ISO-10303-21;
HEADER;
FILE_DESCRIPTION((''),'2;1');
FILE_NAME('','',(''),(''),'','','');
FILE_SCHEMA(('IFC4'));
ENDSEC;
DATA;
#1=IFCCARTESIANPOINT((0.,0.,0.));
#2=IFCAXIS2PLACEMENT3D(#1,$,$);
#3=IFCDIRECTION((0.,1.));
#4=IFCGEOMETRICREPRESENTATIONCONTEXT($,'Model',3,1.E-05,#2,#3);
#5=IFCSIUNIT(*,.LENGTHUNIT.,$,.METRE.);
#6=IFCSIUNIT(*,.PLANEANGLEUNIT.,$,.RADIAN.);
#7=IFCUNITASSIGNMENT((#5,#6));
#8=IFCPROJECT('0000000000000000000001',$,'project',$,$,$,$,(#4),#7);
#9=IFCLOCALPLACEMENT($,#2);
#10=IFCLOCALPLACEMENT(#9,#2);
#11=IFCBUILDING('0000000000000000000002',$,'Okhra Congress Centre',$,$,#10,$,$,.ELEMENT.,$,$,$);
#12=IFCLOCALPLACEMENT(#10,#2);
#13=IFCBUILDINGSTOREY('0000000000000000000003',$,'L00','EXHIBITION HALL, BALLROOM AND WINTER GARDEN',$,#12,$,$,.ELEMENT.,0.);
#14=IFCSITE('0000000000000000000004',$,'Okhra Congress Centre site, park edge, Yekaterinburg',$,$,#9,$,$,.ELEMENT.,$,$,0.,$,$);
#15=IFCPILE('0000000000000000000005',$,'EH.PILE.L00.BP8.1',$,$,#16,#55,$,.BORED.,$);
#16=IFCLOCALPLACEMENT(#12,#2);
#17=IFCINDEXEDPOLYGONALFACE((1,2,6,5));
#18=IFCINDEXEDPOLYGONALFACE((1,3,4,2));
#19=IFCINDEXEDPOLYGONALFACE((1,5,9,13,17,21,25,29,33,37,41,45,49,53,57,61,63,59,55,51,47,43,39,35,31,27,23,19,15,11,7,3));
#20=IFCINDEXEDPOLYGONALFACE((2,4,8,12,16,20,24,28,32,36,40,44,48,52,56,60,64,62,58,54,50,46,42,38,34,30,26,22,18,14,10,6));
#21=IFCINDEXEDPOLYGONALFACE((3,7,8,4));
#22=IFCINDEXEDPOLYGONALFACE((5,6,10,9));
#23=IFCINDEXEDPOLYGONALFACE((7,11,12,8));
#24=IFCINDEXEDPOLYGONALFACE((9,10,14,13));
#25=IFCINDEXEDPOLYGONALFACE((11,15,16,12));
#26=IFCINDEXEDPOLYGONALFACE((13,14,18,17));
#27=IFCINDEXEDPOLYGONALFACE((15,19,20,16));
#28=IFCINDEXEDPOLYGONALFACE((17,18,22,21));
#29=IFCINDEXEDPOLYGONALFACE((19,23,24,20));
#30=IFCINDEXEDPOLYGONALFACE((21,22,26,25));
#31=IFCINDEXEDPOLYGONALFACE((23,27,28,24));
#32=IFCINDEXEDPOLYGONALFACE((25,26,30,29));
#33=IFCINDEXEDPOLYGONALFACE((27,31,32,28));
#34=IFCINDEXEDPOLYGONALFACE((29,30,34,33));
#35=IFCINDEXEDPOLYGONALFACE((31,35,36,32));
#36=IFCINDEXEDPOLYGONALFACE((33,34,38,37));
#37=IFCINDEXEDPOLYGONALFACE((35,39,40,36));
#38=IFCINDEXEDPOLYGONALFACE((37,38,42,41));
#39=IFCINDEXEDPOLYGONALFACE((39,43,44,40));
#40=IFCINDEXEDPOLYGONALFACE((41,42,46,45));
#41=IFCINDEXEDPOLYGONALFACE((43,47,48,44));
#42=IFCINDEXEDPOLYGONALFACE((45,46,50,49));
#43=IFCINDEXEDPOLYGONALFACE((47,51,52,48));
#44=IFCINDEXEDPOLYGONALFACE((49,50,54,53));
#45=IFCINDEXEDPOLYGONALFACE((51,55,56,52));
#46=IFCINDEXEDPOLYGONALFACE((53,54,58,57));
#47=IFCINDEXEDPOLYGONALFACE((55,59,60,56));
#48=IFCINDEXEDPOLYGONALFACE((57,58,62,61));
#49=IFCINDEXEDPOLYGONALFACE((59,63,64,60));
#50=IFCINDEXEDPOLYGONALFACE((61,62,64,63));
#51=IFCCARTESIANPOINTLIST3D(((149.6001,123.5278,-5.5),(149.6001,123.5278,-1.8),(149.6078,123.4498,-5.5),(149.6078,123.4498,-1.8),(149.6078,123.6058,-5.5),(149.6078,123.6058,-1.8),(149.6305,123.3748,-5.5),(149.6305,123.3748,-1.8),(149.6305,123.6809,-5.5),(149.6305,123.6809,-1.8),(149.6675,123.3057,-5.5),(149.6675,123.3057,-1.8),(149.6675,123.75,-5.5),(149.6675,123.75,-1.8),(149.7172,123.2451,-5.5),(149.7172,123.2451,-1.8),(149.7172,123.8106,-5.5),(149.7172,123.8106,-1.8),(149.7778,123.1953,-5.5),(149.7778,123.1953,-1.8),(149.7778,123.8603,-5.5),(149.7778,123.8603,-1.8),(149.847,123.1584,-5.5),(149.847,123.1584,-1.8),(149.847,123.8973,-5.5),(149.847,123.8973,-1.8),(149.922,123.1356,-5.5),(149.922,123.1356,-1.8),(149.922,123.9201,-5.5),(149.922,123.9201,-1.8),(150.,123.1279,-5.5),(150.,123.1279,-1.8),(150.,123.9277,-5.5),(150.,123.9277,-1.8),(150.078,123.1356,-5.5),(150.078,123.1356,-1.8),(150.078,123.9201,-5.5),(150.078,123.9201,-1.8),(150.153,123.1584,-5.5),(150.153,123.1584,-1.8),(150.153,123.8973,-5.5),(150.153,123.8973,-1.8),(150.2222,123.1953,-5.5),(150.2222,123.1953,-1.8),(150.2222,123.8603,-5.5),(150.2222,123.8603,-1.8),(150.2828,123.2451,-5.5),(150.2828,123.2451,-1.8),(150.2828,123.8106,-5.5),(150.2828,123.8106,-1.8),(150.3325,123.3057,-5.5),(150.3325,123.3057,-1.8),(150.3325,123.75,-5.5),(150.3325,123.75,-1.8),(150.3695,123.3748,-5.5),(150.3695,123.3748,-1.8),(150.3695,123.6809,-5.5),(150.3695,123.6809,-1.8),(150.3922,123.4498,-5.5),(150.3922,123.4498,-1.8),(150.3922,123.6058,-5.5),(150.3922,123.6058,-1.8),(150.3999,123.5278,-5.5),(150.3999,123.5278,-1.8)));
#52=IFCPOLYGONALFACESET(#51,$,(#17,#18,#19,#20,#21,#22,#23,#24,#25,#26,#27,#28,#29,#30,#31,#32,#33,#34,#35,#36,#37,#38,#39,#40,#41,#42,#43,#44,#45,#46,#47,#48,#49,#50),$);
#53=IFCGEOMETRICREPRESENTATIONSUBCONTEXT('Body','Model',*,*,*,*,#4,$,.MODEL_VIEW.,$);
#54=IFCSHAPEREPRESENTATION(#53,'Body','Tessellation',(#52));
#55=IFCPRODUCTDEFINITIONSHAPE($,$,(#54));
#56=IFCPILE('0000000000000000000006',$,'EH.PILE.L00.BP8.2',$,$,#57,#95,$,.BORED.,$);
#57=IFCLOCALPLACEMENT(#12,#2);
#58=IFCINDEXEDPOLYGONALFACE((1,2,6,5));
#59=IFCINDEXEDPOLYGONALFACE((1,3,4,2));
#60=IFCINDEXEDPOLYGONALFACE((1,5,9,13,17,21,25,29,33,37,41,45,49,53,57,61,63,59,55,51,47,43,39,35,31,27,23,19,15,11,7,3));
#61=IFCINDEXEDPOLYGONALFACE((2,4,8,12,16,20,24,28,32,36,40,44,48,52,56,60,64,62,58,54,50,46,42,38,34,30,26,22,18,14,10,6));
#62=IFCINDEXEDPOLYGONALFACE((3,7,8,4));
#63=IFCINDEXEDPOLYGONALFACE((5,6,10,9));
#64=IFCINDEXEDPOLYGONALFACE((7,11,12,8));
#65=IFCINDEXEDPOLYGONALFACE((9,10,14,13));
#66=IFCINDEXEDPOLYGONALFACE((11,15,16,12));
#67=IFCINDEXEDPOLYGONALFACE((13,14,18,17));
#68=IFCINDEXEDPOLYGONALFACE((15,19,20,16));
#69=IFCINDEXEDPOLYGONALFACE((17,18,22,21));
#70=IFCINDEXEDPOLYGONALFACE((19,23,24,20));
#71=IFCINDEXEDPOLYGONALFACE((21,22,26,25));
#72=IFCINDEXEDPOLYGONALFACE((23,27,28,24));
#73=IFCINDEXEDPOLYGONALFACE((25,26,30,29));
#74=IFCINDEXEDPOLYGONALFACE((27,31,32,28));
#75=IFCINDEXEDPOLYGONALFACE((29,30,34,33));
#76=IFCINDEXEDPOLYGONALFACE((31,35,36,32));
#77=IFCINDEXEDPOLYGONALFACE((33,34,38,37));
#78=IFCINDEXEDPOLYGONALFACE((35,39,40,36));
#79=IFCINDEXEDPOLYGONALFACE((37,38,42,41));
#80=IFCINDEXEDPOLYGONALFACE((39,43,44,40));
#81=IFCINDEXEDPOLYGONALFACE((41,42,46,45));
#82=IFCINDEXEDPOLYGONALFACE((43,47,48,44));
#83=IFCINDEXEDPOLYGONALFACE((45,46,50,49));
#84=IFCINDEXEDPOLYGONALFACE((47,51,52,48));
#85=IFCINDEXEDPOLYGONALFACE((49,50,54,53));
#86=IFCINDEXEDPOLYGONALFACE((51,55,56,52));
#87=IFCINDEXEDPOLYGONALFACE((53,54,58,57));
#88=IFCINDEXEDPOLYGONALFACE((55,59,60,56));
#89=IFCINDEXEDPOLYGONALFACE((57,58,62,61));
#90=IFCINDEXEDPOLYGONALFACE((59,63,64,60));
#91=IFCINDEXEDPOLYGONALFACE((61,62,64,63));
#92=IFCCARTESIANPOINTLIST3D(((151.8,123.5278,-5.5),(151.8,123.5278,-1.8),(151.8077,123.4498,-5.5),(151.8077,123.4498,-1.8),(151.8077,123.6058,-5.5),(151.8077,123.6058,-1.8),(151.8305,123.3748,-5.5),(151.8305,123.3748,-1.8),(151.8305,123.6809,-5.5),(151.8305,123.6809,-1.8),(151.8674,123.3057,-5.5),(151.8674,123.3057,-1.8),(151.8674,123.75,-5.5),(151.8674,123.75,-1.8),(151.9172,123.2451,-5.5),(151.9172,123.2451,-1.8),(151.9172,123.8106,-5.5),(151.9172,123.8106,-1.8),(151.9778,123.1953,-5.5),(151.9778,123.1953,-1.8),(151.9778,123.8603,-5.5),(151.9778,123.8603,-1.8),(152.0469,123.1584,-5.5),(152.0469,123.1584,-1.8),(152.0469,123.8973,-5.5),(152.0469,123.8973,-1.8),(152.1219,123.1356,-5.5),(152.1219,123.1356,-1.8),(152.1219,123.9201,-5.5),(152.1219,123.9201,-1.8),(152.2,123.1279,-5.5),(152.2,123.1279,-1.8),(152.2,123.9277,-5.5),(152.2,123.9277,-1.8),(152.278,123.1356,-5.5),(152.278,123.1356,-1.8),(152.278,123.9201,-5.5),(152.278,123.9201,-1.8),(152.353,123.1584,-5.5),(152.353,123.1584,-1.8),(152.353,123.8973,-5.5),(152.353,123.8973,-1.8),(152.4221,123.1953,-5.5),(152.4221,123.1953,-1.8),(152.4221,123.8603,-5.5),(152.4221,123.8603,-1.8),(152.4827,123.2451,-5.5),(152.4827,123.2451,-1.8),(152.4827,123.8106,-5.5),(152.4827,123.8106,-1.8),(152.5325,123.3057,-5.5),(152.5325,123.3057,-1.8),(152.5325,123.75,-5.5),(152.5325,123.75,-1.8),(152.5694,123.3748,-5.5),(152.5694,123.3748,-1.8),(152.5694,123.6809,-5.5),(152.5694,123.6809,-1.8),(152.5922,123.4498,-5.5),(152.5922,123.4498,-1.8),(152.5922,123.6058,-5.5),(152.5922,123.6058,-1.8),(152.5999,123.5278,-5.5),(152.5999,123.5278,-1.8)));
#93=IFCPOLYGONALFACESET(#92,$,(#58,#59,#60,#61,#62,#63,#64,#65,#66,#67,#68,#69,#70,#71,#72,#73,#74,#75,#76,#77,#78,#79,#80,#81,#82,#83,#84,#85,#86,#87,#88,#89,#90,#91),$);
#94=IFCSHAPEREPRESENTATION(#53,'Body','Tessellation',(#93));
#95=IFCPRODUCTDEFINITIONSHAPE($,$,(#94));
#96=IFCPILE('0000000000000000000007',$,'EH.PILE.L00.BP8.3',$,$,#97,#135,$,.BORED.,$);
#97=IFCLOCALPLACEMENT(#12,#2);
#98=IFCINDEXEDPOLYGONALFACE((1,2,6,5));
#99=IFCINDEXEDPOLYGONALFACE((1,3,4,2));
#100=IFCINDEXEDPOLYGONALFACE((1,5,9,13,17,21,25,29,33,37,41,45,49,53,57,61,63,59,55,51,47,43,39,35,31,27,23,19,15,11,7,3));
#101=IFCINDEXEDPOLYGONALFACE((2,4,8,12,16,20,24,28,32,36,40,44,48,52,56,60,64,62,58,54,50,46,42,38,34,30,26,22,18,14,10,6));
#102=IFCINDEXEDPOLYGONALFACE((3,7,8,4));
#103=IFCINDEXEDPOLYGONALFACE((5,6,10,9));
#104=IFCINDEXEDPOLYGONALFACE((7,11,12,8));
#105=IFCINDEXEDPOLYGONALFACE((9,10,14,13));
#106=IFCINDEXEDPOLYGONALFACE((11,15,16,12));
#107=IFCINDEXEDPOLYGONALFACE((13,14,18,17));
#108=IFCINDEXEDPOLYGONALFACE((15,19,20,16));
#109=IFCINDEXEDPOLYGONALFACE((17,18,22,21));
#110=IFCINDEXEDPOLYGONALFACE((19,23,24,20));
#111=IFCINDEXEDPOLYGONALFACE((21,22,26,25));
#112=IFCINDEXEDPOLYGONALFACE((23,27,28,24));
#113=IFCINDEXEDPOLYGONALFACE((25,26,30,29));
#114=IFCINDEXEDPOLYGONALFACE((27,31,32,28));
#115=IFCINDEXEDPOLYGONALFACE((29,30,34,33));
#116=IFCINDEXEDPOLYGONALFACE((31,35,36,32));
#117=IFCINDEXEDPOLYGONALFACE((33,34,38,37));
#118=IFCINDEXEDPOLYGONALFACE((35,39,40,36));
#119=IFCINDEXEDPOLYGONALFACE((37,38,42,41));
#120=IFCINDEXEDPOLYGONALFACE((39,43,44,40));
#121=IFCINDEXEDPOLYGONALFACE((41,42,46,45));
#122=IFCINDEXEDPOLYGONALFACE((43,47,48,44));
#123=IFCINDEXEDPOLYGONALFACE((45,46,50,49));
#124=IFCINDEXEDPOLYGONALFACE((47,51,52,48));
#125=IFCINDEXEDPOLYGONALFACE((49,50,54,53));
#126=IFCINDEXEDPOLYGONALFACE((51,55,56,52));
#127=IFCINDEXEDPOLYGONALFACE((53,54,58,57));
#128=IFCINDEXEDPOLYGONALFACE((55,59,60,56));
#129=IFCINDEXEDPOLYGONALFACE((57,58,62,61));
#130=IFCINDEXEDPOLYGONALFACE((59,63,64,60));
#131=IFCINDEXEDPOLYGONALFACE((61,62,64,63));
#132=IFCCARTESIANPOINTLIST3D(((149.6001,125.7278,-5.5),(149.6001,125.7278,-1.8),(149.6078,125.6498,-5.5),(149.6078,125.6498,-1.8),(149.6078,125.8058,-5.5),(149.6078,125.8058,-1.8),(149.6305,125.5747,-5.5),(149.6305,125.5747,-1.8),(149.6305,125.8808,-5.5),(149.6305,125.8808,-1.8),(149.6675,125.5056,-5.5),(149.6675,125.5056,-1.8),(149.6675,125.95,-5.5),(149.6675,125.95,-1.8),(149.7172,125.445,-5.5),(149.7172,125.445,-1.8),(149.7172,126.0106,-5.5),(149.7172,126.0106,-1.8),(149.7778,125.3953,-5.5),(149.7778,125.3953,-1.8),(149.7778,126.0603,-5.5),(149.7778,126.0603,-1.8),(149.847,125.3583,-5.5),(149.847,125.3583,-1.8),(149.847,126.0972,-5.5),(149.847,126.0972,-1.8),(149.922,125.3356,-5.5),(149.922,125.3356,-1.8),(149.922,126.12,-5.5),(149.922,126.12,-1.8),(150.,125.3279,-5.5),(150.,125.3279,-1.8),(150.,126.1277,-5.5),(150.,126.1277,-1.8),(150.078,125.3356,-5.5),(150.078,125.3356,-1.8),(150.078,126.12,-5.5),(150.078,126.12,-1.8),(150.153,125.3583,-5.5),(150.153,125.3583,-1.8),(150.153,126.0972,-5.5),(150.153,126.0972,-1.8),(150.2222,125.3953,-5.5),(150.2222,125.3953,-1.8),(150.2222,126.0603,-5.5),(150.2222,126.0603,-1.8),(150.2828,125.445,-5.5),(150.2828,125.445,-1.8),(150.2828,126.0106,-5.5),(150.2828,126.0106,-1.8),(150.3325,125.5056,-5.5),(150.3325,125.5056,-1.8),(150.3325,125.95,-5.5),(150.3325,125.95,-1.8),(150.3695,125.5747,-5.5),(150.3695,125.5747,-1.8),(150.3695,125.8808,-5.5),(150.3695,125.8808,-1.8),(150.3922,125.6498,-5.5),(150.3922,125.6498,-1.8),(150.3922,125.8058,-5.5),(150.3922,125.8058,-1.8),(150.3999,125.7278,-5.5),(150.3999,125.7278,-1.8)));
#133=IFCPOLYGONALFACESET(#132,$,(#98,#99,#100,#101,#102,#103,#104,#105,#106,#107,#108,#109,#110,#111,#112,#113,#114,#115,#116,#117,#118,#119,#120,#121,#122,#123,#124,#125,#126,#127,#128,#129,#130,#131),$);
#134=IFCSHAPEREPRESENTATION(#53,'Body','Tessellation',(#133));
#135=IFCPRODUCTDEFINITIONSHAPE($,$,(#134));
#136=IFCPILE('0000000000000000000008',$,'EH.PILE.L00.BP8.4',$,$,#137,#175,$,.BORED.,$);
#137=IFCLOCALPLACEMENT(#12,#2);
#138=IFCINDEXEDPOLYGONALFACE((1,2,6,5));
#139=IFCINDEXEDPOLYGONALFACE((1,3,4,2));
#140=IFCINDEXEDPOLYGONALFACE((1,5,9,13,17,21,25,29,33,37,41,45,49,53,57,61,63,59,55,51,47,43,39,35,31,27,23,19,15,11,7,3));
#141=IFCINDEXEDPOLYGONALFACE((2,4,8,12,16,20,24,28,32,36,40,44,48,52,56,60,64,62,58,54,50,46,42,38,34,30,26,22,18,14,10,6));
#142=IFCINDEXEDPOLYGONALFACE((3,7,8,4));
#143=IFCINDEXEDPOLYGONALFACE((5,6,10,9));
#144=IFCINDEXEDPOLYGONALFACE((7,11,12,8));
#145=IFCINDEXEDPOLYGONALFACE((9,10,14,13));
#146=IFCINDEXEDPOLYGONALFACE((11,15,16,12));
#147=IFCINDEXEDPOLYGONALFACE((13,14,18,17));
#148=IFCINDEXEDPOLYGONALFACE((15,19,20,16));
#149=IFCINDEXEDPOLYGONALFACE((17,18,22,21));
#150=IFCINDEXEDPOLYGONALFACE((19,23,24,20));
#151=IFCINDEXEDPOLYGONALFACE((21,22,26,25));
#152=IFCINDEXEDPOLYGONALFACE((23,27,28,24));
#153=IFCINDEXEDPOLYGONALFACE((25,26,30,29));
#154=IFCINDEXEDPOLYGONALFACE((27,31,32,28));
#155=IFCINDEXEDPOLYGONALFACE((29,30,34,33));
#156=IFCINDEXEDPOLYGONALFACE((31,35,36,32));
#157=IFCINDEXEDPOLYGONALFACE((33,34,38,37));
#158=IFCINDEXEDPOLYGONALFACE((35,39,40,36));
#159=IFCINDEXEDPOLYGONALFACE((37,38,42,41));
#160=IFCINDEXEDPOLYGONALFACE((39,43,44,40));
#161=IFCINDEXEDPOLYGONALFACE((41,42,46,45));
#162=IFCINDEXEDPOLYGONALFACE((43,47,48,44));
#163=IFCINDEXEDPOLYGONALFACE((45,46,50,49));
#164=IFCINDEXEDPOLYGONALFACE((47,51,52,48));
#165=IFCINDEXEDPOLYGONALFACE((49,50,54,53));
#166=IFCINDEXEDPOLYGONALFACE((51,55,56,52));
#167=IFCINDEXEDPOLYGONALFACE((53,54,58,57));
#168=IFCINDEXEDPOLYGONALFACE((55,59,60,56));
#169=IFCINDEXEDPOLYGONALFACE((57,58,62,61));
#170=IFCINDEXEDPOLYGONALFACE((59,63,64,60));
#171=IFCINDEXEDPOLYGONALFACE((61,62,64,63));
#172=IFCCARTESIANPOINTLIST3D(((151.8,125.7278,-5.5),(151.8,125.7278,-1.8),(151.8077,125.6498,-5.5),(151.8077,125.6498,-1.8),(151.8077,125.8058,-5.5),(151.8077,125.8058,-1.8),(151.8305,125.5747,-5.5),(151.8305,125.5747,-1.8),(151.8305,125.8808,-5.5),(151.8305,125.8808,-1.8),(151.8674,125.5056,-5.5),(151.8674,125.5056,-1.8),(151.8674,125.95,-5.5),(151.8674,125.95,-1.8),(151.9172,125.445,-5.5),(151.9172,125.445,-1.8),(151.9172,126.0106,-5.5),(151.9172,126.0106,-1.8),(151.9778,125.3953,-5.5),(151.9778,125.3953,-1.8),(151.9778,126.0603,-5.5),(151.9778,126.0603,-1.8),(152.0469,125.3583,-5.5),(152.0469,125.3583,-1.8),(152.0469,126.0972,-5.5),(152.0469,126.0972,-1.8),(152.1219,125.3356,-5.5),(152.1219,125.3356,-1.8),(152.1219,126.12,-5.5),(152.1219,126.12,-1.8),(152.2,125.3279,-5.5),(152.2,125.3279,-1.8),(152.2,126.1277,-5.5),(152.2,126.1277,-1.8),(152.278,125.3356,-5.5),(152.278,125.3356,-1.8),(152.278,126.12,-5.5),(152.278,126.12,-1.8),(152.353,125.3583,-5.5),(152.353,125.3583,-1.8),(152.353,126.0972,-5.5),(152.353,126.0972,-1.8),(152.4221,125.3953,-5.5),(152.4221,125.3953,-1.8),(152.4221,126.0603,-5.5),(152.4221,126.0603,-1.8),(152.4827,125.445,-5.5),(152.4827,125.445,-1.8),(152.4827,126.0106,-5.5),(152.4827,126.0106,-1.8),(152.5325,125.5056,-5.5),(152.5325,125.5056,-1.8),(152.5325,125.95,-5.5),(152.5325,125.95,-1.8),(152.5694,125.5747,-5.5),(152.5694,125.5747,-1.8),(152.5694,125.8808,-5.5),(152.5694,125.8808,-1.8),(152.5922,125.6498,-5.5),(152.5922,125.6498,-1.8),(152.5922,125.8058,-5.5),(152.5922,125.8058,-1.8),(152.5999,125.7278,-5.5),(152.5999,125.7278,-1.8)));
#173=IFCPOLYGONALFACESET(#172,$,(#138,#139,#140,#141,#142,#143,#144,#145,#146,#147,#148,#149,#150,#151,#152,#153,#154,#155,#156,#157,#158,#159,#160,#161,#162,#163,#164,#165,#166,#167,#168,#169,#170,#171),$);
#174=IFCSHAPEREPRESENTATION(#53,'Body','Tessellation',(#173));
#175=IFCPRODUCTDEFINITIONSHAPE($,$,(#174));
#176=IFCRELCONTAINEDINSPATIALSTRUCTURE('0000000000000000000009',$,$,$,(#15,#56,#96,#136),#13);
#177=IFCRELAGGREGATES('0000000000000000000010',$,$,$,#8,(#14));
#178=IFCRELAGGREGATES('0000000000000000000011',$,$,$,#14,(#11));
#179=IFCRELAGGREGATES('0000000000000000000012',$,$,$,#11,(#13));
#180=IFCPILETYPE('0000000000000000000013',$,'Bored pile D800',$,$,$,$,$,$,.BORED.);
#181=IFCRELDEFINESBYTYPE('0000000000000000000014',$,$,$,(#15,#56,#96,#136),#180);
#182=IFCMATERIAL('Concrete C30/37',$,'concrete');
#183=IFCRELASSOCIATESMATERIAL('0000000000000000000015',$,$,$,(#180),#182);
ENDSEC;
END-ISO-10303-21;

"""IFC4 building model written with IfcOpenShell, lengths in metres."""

from ifc_helpers import new_model, si_unit, direction, frame, origin, origin_2d, place, context, subcontext, project, spatial, circle, extrude, material, material_profile, profile_set, type_object, element, save


model = new_model("IFC4")

# Units and contexts
model_context = context("Model", 3, precision=1e-05, world=origin(), true_north=direction((0.0, 1.0)))
body_context = subcontext(model_context, "Body", "Model", "MODEL_VIEW")
ifc_project = project(units=[si_unit("LENGTHUNIT", "METRE"), si_unit("PLANEANGLEUNIT", "RADIAN")], contexts=[model_context])

# Site, building, storey
site_placement = place(None, origin())
site = spatial("IfcSite", under=ifc_project, at=site_placement, Name="Okhra Congress Centre site, park edge, Yekaterinburg", CompositionType="ELEMENT", RefElevation=0.0)
building_placement = place(site_placement, origin())
building = spatial("IfcBuilding", under=site, at=building_placement, Name="Okhra Congress Centre", CompositionType="ELEMENT")
storey_placement = place(building_placement, origin())
storey = spatial("IfcBuildingStorey", under=building, at=storey_placement, Name="L00", Description="EXHIBITION HALL, BALLROOM AND WINTER GARDEN", CompositionType="ELEMENT", Elevation=0.0)

# Piles
ifc_material_1 = material(Name="Concrete C30/37", Category="concrete")
ifc_material_profile_1 = material_profile(ifc_material_1, circle(Radius=0.3999, at=origin_2d()), Name="D800")
ifc_profile_set_1 = profile_set([ifc_material_profile_1], Name="Concrete C30/37")
pile_type_1 = type_object("IfcPileType", Name="Bored pile D800", PredefinedType="BORED", material=ifc_profile_set_1)
for number, where, z_axis, x_axis, name in (
    (1, (150.0, 123.5278, -1.8), (0.0, 0.0, -1.0), (1.0, 0.0, 0.0), "EH.PILE.L00.BP8.1"),
    (2, (152.2, 123.5278, -1.8), (0.0, 0.0, -1.0), (1.0, 0.0, 0.0), "EH.PILE.L00.BP8.2"),
    (3, (150.0, 125.7278, -1.8), (0.0, 0.0, -1.0), (1.0, 0.0, 0.0), "EH.PILE.L00.BP8.3"),
    (4, (152.2, 125.7278, -1.8), (0.0, 0.0, -1.0), (1.0, 0.0, 0.0), "EH.PILE.L00.BP8.4"),
):
    element("IfcPile", number, at=place(storey_placement, frame(where, z_axis=z_axis, x_axis=x_axis)), inside=storey, type_object=pile_type_1, Name=name, PredefinedType="BORED", context=body_context, shape_type="SweptSolid", body=[
        extrude(circle(Radius=0.3999, at=origin_2d()), origin(), (0.0, 0.0, 1.0), 3.7),
    ])

save(model, "model.ifc")
